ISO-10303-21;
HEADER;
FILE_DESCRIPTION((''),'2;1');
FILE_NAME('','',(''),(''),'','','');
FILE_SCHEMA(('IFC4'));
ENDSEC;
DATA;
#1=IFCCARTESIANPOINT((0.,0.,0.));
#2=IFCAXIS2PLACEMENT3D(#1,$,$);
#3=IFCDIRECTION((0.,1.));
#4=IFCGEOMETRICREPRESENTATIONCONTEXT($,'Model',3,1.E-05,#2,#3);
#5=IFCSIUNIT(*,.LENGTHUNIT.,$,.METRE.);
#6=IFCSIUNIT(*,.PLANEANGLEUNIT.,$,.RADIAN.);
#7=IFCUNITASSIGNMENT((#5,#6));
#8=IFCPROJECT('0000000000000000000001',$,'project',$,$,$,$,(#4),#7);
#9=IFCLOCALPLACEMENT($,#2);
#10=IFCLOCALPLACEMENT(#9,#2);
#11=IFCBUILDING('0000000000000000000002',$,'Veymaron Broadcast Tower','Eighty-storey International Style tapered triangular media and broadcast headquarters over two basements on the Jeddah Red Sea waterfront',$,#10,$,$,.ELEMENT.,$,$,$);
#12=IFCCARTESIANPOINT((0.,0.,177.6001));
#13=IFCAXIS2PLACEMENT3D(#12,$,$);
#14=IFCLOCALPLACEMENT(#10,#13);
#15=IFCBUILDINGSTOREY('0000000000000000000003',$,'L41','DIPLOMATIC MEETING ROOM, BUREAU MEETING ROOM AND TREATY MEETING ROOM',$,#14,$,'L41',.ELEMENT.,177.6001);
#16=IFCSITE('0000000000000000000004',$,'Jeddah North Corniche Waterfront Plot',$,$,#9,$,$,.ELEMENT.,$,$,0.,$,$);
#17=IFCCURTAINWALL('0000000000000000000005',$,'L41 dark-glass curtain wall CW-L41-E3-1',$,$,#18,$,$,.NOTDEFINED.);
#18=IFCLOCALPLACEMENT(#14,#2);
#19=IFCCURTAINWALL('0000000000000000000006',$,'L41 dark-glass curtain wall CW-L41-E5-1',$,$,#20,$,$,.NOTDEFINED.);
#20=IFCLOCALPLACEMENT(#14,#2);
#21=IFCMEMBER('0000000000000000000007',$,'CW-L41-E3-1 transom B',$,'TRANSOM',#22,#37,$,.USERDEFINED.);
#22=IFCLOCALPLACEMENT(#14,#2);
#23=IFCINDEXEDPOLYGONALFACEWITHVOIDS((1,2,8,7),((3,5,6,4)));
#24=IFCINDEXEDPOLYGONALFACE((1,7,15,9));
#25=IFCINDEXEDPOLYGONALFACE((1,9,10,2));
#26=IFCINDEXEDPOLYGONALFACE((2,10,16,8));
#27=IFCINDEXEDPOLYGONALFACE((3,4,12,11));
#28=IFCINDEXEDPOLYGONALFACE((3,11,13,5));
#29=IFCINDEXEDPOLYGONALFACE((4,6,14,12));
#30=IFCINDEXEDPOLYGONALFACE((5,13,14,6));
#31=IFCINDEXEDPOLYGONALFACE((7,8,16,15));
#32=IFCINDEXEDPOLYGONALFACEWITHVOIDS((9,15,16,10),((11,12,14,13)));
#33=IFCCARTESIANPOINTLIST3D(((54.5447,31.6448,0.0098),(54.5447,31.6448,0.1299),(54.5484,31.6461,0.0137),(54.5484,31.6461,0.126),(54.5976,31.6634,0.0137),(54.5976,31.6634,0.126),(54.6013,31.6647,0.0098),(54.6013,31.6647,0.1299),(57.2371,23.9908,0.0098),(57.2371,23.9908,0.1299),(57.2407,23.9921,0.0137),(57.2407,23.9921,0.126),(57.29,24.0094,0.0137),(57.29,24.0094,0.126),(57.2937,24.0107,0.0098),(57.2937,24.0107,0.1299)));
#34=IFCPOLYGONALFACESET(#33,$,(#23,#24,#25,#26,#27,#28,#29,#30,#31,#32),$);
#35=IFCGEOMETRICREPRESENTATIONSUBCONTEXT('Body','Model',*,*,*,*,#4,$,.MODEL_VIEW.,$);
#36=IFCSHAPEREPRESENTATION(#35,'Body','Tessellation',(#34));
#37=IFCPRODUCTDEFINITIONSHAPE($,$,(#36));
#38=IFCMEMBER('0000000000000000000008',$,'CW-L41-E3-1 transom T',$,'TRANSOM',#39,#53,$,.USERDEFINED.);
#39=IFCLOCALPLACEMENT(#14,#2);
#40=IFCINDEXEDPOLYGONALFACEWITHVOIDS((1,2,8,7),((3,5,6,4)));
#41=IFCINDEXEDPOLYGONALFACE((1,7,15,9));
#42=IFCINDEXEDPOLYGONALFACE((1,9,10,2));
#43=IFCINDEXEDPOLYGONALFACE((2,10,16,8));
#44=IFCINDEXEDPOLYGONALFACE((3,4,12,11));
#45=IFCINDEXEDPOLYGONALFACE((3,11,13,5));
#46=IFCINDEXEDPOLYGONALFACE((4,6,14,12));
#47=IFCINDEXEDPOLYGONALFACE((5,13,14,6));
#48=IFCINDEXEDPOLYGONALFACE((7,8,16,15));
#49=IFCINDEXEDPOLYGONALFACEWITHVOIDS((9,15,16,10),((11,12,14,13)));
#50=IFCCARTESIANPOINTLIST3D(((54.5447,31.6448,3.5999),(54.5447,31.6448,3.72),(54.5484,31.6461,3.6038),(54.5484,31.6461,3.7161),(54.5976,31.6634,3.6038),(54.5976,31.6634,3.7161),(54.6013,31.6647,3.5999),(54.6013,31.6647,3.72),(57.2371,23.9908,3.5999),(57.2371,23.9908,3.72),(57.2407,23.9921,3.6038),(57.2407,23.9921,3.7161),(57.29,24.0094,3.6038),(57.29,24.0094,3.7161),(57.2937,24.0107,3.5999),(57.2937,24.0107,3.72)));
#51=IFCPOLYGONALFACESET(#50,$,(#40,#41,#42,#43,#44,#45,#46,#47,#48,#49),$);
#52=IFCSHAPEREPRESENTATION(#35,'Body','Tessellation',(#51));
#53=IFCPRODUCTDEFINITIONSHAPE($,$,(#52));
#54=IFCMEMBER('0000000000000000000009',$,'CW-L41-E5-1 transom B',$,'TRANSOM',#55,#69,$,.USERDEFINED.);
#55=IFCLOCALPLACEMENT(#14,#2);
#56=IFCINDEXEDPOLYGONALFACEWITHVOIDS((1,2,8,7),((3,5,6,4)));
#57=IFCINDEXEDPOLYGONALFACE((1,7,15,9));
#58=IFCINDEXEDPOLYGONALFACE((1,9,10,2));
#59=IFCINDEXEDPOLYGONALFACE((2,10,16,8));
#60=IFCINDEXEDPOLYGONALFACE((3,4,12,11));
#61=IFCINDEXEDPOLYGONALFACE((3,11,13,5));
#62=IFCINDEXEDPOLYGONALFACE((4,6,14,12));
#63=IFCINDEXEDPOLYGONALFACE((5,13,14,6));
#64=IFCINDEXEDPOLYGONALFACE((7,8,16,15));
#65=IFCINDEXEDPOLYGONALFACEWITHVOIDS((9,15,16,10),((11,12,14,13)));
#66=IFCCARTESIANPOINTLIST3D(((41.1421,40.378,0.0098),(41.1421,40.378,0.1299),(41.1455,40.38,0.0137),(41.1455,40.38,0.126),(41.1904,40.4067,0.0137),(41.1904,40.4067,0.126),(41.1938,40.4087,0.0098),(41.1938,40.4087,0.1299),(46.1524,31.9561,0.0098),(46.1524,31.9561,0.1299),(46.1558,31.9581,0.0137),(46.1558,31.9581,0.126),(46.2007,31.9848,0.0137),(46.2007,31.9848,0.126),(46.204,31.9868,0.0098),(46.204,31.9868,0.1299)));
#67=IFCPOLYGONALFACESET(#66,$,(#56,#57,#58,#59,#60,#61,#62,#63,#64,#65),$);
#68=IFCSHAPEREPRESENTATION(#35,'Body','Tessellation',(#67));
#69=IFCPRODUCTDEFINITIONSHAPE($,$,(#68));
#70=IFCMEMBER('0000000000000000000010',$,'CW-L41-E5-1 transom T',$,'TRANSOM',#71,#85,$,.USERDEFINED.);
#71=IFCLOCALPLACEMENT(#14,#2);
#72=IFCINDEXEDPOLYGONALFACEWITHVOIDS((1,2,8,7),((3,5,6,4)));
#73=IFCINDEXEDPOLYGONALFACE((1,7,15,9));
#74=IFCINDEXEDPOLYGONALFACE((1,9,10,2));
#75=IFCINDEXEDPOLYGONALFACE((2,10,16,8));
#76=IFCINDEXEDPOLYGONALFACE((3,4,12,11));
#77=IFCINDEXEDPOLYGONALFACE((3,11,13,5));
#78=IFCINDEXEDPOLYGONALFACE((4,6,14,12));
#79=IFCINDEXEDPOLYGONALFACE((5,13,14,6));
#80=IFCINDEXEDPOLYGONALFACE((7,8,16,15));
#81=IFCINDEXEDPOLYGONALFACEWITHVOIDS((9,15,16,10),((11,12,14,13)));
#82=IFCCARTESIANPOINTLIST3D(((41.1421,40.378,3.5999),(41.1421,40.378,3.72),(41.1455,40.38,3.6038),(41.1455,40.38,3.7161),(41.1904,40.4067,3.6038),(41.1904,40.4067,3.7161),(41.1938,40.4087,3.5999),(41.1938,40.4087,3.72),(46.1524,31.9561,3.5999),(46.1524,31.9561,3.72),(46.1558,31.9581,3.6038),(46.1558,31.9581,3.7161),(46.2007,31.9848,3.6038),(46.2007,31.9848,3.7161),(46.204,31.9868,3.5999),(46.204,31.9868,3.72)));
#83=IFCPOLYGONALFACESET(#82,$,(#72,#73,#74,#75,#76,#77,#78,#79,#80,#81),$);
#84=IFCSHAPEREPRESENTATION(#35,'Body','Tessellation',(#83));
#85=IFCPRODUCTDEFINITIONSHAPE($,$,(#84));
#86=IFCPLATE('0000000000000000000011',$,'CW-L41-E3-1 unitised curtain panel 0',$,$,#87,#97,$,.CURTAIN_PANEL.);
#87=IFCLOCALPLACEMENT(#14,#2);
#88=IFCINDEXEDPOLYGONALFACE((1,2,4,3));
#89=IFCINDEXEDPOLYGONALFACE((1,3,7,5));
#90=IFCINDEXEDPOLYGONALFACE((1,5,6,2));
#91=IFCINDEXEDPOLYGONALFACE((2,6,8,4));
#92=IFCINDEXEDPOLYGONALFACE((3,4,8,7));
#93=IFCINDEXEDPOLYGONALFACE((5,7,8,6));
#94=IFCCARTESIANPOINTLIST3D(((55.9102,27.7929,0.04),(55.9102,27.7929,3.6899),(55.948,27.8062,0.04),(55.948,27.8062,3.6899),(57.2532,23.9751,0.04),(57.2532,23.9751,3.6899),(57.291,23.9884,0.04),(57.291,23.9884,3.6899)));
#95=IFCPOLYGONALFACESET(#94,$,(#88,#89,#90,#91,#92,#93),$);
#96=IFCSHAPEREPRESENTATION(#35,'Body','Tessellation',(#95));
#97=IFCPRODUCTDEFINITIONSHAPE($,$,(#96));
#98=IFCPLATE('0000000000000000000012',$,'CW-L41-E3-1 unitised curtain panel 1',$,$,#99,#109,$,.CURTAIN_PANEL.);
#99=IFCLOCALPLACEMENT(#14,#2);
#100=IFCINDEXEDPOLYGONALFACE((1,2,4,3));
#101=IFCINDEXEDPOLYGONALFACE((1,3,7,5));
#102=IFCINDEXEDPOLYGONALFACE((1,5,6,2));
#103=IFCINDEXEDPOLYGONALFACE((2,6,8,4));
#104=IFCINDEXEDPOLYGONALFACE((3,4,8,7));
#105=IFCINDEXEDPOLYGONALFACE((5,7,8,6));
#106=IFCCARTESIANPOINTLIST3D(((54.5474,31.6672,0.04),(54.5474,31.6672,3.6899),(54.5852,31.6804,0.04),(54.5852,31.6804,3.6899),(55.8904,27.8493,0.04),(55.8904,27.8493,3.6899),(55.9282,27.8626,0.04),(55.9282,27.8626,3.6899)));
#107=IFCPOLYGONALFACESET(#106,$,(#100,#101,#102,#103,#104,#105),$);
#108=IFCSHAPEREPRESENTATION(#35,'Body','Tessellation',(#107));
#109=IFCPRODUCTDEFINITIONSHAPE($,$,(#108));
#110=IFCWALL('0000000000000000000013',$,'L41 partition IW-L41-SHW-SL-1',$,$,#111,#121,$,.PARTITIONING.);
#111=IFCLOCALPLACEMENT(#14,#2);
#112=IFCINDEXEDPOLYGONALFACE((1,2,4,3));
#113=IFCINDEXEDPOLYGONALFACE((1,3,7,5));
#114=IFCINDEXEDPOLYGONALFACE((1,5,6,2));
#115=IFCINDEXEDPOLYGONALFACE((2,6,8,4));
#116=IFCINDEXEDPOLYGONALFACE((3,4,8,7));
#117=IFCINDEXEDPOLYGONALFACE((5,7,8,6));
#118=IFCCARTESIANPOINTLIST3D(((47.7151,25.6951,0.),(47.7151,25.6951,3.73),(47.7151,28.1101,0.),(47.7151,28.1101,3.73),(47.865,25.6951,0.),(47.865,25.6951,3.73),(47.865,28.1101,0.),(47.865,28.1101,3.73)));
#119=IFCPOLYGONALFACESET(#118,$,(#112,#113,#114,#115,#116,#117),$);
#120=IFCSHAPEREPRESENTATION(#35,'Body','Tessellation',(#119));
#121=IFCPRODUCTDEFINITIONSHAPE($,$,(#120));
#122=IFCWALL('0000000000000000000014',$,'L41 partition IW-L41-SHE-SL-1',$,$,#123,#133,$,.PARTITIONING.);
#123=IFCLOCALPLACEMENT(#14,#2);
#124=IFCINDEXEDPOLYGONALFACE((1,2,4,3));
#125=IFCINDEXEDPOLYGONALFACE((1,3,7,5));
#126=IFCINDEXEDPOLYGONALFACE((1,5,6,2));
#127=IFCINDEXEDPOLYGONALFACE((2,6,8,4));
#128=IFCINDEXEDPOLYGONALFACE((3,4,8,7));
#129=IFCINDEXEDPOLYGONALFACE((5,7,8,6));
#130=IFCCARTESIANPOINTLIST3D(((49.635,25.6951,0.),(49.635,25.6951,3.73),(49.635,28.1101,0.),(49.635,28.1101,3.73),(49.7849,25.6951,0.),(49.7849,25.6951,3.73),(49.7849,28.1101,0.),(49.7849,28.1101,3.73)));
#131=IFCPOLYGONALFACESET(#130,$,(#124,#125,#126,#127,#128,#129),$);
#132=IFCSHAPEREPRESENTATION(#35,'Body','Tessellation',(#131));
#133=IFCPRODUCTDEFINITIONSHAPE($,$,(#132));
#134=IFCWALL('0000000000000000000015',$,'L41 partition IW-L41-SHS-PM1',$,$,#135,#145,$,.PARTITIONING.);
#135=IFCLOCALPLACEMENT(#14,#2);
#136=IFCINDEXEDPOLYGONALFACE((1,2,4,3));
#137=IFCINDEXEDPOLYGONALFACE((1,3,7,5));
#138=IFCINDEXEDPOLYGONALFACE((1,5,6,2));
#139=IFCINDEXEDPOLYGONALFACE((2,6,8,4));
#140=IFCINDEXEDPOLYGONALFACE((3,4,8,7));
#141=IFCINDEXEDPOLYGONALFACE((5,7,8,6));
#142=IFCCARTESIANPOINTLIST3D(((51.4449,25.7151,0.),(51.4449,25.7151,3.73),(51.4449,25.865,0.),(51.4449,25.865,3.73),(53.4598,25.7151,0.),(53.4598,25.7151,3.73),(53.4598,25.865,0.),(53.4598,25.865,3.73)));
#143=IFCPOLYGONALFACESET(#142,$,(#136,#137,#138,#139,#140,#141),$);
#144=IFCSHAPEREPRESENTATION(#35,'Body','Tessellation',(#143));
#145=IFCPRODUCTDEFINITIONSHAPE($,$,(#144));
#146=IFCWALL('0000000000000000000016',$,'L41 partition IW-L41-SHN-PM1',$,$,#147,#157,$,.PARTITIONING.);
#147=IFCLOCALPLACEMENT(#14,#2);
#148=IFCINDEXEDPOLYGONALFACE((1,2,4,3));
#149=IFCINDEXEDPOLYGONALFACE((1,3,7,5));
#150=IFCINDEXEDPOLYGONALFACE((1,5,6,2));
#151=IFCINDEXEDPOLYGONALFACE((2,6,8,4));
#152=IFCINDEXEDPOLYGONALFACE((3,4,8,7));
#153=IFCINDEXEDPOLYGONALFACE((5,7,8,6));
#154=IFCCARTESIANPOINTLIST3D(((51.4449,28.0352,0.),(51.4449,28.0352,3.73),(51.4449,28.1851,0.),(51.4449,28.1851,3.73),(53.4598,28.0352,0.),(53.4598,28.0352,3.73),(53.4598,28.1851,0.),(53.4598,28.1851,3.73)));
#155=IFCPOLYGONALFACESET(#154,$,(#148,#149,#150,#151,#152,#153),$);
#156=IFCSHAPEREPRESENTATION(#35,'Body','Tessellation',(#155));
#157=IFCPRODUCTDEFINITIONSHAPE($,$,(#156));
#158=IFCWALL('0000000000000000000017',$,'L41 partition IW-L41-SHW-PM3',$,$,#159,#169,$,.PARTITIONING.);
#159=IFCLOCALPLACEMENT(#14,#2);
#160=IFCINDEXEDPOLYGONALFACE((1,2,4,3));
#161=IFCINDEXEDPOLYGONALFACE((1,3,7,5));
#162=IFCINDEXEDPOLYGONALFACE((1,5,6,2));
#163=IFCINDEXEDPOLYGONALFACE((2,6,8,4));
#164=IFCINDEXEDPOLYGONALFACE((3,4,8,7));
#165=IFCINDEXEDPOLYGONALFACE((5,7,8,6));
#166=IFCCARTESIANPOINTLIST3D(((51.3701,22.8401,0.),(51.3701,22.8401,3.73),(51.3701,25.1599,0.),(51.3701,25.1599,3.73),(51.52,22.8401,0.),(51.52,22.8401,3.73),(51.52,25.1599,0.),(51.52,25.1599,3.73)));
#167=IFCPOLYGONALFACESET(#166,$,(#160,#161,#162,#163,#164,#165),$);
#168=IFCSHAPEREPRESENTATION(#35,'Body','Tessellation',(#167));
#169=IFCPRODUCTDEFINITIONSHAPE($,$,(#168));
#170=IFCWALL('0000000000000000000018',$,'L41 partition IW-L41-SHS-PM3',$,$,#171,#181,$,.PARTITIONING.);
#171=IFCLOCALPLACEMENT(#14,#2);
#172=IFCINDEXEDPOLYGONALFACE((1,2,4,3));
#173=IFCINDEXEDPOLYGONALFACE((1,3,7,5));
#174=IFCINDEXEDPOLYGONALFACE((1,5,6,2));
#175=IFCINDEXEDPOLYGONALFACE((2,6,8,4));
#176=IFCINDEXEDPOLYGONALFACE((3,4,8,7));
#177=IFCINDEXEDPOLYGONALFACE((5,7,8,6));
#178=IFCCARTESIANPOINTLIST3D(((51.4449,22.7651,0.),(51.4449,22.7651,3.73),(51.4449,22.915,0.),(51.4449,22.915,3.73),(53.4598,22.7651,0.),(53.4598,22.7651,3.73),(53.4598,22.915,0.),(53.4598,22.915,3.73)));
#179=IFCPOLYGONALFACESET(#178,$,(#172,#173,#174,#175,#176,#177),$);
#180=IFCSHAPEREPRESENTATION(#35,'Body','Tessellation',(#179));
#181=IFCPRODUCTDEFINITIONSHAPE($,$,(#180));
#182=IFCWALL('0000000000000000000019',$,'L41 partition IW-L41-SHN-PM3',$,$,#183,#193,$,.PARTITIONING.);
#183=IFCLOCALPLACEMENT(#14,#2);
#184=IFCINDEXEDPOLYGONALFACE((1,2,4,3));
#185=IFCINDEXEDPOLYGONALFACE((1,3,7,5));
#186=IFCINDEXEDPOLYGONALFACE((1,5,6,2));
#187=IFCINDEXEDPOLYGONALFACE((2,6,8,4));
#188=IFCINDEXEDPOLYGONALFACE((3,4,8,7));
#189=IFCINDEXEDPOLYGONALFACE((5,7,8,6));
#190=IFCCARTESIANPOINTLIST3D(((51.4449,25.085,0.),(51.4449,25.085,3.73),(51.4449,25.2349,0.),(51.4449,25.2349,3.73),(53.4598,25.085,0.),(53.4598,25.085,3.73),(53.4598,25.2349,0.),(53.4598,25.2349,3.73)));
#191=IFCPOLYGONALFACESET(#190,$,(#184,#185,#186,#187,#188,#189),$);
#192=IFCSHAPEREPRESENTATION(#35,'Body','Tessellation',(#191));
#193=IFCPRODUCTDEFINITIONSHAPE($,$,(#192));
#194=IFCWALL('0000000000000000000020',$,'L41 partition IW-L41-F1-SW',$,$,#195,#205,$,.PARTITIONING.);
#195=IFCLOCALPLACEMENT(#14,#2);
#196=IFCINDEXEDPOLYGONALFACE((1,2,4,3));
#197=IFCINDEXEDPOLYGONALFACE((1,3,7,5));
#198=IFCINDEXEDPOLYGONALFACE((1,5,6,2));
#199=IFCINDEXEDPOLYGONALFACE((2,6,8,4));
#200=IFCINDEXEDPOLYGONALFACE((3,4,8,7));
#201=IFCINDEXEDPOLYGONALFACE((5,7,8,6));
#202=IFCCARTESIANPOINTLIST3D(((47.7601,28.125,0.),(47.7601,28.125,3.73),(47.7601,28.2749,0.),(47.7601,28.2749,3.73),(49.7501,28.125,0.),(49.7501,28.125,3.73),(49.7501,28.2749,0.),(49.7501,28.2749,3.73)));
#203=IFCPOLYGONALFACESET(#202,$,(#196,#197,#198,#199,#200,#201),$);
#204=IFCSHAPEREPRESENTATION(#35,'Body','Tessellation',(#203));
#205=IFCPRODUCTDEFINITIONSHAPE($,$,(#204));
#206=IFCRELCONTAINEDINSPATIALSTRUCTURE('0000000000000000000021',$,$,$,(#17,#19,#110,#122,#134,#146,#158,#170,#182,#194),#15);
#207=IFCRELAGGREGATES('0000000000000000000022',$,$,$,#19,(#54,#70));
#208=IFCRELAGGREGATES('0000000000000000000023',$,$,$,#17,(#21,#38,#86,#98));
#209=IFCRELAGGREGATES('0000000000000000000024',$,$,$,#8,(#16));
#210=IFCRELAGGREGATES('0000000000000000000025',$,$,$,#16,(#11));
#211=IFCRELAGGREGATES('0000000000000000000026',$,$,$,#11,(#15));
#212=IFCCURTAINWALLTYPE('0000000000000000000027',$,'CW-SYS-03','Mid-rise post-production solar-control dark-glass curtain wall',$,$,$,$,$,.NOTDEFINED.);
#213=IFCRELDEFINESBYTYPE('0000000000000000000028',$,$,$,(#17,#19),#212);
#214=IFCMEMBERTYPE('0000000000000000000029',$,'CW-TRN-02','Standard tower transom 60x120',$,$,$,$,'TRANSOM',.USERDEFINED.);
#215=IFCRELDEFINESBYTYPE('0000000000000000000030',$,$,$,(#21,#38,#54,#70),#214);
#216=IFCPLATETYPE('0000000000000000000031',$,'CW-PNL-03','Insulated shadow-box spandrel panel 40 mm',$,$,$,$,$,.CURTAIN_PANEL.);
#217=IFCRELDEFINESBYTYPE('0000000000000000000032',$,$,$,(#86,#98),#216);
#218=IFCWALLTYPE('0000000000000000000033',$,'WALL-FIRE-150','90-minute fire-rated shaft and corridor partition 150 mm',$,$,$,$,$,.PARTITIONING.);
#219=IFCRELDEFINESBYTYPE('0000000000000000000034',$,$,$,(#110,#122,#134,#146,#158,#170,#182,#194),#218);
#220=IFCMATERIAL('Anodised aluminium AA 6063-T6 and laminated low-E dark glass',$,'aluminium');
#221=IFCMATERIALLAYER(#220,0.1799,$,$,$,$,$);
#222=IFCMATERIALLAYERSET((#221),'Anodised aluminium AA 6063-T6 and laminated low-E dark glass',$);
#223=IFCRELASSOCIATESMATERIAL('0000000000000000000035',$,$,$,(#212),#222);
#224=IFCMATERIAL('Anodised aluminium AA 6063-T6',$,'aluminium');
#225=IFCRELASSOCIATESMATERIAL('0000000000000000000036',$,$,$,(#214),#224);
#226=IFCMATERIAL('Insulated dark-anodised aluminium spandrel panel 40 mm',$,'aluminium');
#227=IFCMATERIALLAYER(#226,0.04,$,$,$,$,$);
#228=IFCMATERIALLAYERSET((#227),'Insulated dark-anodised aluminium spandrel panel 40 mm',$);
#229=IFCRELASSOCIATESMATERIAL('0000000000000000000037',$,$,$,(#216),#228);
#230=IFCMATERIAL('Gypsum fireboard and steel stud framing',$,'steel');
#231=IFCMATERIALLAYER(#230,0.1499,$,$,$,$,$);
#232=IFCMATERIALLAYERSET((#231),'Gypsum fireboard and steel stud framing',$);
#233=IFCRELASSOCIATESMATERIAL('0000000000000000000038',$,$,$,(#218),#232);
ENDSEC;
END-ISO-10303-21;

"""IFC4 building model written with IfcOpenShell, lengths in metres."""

from ifc_helpers import new_model, si_unit, direction, frame, frame_2d, origin, origin_2d, place, context, subcontext, project, spatial, rectangle, hollow_rectangle, extrude, material, layer, layer_set, material_profile, profile_set, type_object, element, aggregate, save


model = new_model("IFC4")

# Units and contexts
model_context = context("Model", 3, precision=1e-05, world=origin(), true_north=direction((0.0, 1.0)))
body_context = subcontext(model_context, "Body", "Model", "MODEL_VIEW")
ifc_project = project(units=[si_unit("LENGTHUNIT", "METRE"), si_unit("PLANEANGLEUNIT", "RADIAN")], contexts=[model_context])

# Site, building, storey
site_placement = place(None, origin())
site = spatial("IfcSite", under=ifc_project, at=site_placement, Name="Jeddah North Corniche Waterfront Plot", CompositionType="ELEMENT", RefElevation=0.0)
building_placement = place(site_placement, origin())
building = spatial("IfcBuilding", under=site, at=building_placement, Name="Veymaron Broadcast Tower", Description="Eighty-storey International Style tapered triangular media and broadcast headquarters over two basements on the Jeddah Red Sea waterfront", CompositionType="ELEMENT")
storey_placement = place(building_placement, frame((0.0, 0.0, 177.6001)))
storey = spatial("IfcBuildingStorey", under=building, at=storey_placement, Name="L41", Description="DIPLOMATIC MEETING ROOM, BUREAU MEETING ROOM AND TREATY MEETING ROOM", LongName="L41", CompositionType="ELEMENT", Elevation=177.6001)

# Shared definitions
ifc_material_1 = material(Name="Anodised aluminium AA 6063-T6 and laminated low-E dark glass", Category="aluminium")
ifc_layer_1 = layer(ifc_material_1, 0.1799)
ifc_layer_set_1 = layer_set([ifc_layer_1], Name="Anodised aluminium AA 6063-T6 and laminated low-E dark glass")
curtain_wall_type = type_object("IfcCurtainWallType", Name="CW-SYS-03", Description="Mid-rise post-production solar-control dark-glass curtain wall", PredefinedType="NOTDEFINED", material=ifc_layer_set_1)
ifc_material_2 = material(Name="Anodised aluminium AA 6063-T6", Category="aluminium")

# Curtain wall
curtain_wall_1_placement = place(storey_placement, origin())
curtain_wall_1 = element("IfcCurtainWall", 1, at=curtain_wall_1_placement, inside=storey, type_object=curtain_wall_type, Name="L41 dark-glass curtain wall CW-L41-E3-1", PredefinedType="NOTDEFINED")

# Curtain wall
curtain_wall_2_placement = place(storey_placement, origin())
curtain_wall_2 = element("IfcCurtainWall", 2, at=curtain_wall_2_placement, inside=storey, type_object=curtain_wall_type, Name="L41 dark-glass curtain wall CW-L41-E5-1", PredefinedType="NOTDEFINED")

# Members
ifc_material_profile_1 = material_profile(ifc_material_2, hollow_rectangle(XDim=0.0601, YDim=0.1201, WallThickness=0.0039, at=origin_2d()), Name="AL120X60X4")
ifc_profile_set_1 = profile_set([ifc_material_profile_1], Name="Anodised aluminium AA 6063-T6")
member_type_1 = type_object("IfcMemberType", Name="CW-TRN-02", Description="Standard tower transom 60x120", ElementType="TRANSOM", PredefinedType="USERDEFINED", material=ifc_profile_set_1)
member_1_placement = place(storey_placement, frame((57.2654, 24.0007, 0.0698), z_axis=(-0.331828, 0.94334, 0.0), x_axis=(-0.94334, -0.331828, 0.0)))
member_1 = element("IfcMember", 3, at=member_1_placement, type_object=member_type_1, Name="CW-L41-E3-1 transom B", ObjectType="TRANSOM", PredefinedType="USERDEFINED", context=body_context, shape_type="SweptSolid", body=[
    extrude(hollow_rectangle(XDim=0.0601, YDim=0.1201, WallThickness=0.0039, at=origin_2d()), origin(), (0.0, 0.0, 1.0), 8.1138),
])
member_2_placement = place(storey_placement, frame((57.2654, 24.0007, 3.6599), z_axis=(-0.331828, 0.94334, 0.0), x_axis=(-0.94334, -0.331828, 0.0)))
member_2 = element("IfcMember", 4, at=member_2_placement, type_object=member_type_1, Name="CW-L41-E3-1 transom T", ObjectType="TRANSOM", PredefinedType="USERDEFINED", context=body_context, shape_type="SweptSolid", body=[
    extrude(hollow_rectangle(XDim=0.0601, YDim=0.1201, WallThickness=0.0039, at=origin_2d()), origin(), (0.0, 0.0, 1.0), 8.1138),
])
member_3_placement = place(storey_placement, frame((46.1782, 31.9714, 0.0698), z_axis=(-0.511275, 0.859417, 0.0), x_axis=(-0.859417, -0.511275, 0.0)))
member_3 = element("IfcMember", 5, at=member_3_placement, type_object=member_type_1, Name="CW-L41-E5-1 transom B", ObjectType="TRANSOM", PredefinedType="USERDEFINED", context=body_context, shape_type="SweptSolid", body=[
    extrude(hollow_rectangle(XDim=0.0601, YDim=0.1201, WallThickness=0.0039, at=origin_2d()), origin(), (0.0, 0.0, 1.0), 9.7996),
])
member_4_placement = place(storey_placement, frame((46.1782, 31.9714, 3.6599), z_axis=(-0.511275, 0.859417, 0.0), x_axis=(-0.859417, -0.511275, 0.0)))
member_4 = element("IfcMember", 6, at=member_4_placement, type_object=member_type_1, Name="CW-L41-E5-1 transom T", ObjectType="TRANSOM", PredefinedType="USERDEFINED", context=body_context, shape_type="SweptSolid", body=[
    extrude(hollow_rectangle(XDim=0.0601, YDim=0.1201, WallThickness=0.0039, at=origin_2d()), origin(), (0.0, 0.0, 1.0), 9.7996),
])
aggregate(curtain_wall_2, [member_3, member_4])

# Plates
ifc_material_3 = material(Name="Insulated dark-anodised aluminium spandrel panel 40 mm", Category="aluminium")
ifc_layer_2 = layer(ifc_material_3, 0.04)
ifc_layer_set_2 = layer_set([ifc_layer_2], Name="Insulated dark-anodised aluminium spandrel panel 40 mm")
plate_type = type_object("IfcPlateType", Name="CW-PNL-03", Description="Insulated shadow-box spandrel panel 40 mm", PredefinedType="CURTAIN_PANEL", material=ifc_layer_set_2)
plate_1_placement = place(storey_placement, frame((56.6006, 25.8906, 0.04), z_axis=(0.0, 0.0, 1.0), x_axis=(-0.331832, 0.943339, 0.0)))
plate_1 = element("IfcPlate", 7, at=plate_1_placement, type_object=plate_type, Name="CW-L41-E3-1 unitised curtain panel 0", PredefinedType="CURTAIN_PANEL", context=body_context, shape_type="SweptSolid", body=[
    extrude(rectangle(XDim=4.0471, YDim=0.04, at=origin_2d()), origin(), (0.0, 0.0, 1.0), 3.6499),
])
plate_2_placement = place(storey_placement, frame((55.2378, 29.7649, 0.04), z_axis=(0.0, 0.0, 1.0), x_axis=(-0.331832, 0.943339, 0.0)))
plate_2 = element("IfcPlate", 8, at=plate_2_placement, type_object=plate_type, Name="CW-L41-E3-1 unitised curtain panel 1", PredefinedType="CURTAIN_PANEL", context=body_context, shape_type="SweptSolid", body=[
    extrude(rectangle(XDim=4.0471, YDim=0.04, at=origin_2d()), origin(), (0.0, 0.0, 1.0), 3.6499),
])
aggregate(curtain_wall_1, [member_1, member_2, plate_1, plate_2])

# Shared definitions
ifc_material_4 = material(Name="Gypsum fireboard and steel stud framing", Category="steel")
ifc_layer_3 = layer(ifc_material_4, 0.1499)
ifc_layer_set_3 = layer_set([ifc_layer_3], Name="Gypsum fireboard and steel stud framing")
wall_type_1 = type_object("IfcWallType", Name="WALL-FIRE-150", Description="90-minute fire-rated shaft and corridor partition 150 mm", PredefinedType="PARTITIONING", material=ifc_layer_set_3)

# Walls
for number, where, z_axis, x_axis, name in (
    (9, (47.79, 25.6951, 0.0), (0.0, 0.0, 1.0), (0.0, 1.0, 0.0), "L41 partition IW-L41-SHW-SL-1"),
    (10, (49.71, 25.6951, 0.0), (0.0, 0.0, 1.0), (0.0, 1.0, 0.0), "L41 partition IW-L41-SHE-SL-1"),
):
    element("IfcWall", number, at=place(storey_placement, frame(where, z_axis=z_axis, x_axis=x_axis)), inside=storey, type_object=wall_type_1, Name=name, PredefinedType="PARTITIONING", context=body_context, shape_type="SweptSolid", body=[
        extrude(rectangle(XDim=2.415, YDim=0.1499, at=frame_2d((1.2075, 0.0))), origin(), (0.0, 0.0, 1.0), 3.73),
    ])

# Walls
for number, where, z_axis, x_axis, name in (
    (11, (51.4451, 25.79, 0.0), (0.0, 0.0, 1.0), (1.0, 0.0, 0.0), "L41 partition IW-L41-SHS-PM1"),
    (12, (51.4451, 28.1101, 0.0), (0.0, 0.0, 1.0), (1.0, 0.0, 0.0), "L41 partition IW-L41-SHN-PM1"),
):
    element("IfcWall", number, at=place(storey_placement, frame(where, z_axis=z_axis, x_axis=x_axis)), inside=storey, type_object=wall_type_1, Name=name, PredefinedType="PARTITIONING", context=body_context, shape_type="SweptSolid", body=[
        extrude(rectangle(XDim=2.0149, YDim=0.1499, at=frame_2d((1.0073, 0.0))), origin(), (0.0, 0.0, 1.0), 3.73),
    ])
wall_1_placement = place(storey_placement, frame((51.4451, 22.8401, 0.0), z_axis=(0.0, 0.0, 1.0), x_axis=(0.0, 1.0, 0.0)))
element("IfcWall", 13, at=wall_1_placement, inside=storey, type_object=wall_type_1, Name="L41 partition IW-L41-SHW-PM3", PredefinedType="PARTITIONING", context=body_context, shape_type="SweptSolid", body=[
    extrude(rectangle(XDim=2.3198, YDim=0.1499, at=frame_2d((1.1599, 0.0))), origin(), (0.0, 0.0, 1.0), 3.73),
])
for number, where, z_axis, x_axis, name in (
    (14, (51.4451, 22.8401, 0.0), (0.0, 0.0, 1.0), (1.0, 0.0, 0.0), "L41 partition IW-L41-SHS-PM3"),
    (15, (51.4451, 25.1599, 0.0), (0.0, 0.0, 1.0), (1.0, 0.0, 0.0), "L41 partition IW-L41-SHN-PM3"),
):
    element("IfcWall", number, at=place(storey_placement, frame(where, z_axis=z_axis, x_axis=x_axis)), inside=storey, type_object=wall_type_1, Name=name, PredefinedType="PARTITIONING", context=body_context, shape_type="SweptSolid", body=[
        extrude(rectangle(XDim=2.0149, YDim=0.1499, at=frame_2d((1.0073, 0.0))), origin(), (0.0, 0.0, 1.0), 3.73),
    ])
wall_2_placement = place(storey_placement, frame((47.76, 28.2, 0.0), z_axis=(0.0, 0.0, 1.0), x_axis=(1.0, 0.0, 0.0)))
element("IfcWall", 16, at=wall_2_placement, inside=storey, type_object=wall_type_1, Name="L41 partition IW-L41-F1-SW", PredefinedType="PARTITIONING", context=body_context, shape_type="SweptSolid", body=[
    extrude(rectangle(XDim=1.99, YDim=0.1499, at=frame_2d((0.9951, 0.0))), origin(), (0.0, 0.0, 1.0), 3.73),
])

save(model, "model.ifc")
